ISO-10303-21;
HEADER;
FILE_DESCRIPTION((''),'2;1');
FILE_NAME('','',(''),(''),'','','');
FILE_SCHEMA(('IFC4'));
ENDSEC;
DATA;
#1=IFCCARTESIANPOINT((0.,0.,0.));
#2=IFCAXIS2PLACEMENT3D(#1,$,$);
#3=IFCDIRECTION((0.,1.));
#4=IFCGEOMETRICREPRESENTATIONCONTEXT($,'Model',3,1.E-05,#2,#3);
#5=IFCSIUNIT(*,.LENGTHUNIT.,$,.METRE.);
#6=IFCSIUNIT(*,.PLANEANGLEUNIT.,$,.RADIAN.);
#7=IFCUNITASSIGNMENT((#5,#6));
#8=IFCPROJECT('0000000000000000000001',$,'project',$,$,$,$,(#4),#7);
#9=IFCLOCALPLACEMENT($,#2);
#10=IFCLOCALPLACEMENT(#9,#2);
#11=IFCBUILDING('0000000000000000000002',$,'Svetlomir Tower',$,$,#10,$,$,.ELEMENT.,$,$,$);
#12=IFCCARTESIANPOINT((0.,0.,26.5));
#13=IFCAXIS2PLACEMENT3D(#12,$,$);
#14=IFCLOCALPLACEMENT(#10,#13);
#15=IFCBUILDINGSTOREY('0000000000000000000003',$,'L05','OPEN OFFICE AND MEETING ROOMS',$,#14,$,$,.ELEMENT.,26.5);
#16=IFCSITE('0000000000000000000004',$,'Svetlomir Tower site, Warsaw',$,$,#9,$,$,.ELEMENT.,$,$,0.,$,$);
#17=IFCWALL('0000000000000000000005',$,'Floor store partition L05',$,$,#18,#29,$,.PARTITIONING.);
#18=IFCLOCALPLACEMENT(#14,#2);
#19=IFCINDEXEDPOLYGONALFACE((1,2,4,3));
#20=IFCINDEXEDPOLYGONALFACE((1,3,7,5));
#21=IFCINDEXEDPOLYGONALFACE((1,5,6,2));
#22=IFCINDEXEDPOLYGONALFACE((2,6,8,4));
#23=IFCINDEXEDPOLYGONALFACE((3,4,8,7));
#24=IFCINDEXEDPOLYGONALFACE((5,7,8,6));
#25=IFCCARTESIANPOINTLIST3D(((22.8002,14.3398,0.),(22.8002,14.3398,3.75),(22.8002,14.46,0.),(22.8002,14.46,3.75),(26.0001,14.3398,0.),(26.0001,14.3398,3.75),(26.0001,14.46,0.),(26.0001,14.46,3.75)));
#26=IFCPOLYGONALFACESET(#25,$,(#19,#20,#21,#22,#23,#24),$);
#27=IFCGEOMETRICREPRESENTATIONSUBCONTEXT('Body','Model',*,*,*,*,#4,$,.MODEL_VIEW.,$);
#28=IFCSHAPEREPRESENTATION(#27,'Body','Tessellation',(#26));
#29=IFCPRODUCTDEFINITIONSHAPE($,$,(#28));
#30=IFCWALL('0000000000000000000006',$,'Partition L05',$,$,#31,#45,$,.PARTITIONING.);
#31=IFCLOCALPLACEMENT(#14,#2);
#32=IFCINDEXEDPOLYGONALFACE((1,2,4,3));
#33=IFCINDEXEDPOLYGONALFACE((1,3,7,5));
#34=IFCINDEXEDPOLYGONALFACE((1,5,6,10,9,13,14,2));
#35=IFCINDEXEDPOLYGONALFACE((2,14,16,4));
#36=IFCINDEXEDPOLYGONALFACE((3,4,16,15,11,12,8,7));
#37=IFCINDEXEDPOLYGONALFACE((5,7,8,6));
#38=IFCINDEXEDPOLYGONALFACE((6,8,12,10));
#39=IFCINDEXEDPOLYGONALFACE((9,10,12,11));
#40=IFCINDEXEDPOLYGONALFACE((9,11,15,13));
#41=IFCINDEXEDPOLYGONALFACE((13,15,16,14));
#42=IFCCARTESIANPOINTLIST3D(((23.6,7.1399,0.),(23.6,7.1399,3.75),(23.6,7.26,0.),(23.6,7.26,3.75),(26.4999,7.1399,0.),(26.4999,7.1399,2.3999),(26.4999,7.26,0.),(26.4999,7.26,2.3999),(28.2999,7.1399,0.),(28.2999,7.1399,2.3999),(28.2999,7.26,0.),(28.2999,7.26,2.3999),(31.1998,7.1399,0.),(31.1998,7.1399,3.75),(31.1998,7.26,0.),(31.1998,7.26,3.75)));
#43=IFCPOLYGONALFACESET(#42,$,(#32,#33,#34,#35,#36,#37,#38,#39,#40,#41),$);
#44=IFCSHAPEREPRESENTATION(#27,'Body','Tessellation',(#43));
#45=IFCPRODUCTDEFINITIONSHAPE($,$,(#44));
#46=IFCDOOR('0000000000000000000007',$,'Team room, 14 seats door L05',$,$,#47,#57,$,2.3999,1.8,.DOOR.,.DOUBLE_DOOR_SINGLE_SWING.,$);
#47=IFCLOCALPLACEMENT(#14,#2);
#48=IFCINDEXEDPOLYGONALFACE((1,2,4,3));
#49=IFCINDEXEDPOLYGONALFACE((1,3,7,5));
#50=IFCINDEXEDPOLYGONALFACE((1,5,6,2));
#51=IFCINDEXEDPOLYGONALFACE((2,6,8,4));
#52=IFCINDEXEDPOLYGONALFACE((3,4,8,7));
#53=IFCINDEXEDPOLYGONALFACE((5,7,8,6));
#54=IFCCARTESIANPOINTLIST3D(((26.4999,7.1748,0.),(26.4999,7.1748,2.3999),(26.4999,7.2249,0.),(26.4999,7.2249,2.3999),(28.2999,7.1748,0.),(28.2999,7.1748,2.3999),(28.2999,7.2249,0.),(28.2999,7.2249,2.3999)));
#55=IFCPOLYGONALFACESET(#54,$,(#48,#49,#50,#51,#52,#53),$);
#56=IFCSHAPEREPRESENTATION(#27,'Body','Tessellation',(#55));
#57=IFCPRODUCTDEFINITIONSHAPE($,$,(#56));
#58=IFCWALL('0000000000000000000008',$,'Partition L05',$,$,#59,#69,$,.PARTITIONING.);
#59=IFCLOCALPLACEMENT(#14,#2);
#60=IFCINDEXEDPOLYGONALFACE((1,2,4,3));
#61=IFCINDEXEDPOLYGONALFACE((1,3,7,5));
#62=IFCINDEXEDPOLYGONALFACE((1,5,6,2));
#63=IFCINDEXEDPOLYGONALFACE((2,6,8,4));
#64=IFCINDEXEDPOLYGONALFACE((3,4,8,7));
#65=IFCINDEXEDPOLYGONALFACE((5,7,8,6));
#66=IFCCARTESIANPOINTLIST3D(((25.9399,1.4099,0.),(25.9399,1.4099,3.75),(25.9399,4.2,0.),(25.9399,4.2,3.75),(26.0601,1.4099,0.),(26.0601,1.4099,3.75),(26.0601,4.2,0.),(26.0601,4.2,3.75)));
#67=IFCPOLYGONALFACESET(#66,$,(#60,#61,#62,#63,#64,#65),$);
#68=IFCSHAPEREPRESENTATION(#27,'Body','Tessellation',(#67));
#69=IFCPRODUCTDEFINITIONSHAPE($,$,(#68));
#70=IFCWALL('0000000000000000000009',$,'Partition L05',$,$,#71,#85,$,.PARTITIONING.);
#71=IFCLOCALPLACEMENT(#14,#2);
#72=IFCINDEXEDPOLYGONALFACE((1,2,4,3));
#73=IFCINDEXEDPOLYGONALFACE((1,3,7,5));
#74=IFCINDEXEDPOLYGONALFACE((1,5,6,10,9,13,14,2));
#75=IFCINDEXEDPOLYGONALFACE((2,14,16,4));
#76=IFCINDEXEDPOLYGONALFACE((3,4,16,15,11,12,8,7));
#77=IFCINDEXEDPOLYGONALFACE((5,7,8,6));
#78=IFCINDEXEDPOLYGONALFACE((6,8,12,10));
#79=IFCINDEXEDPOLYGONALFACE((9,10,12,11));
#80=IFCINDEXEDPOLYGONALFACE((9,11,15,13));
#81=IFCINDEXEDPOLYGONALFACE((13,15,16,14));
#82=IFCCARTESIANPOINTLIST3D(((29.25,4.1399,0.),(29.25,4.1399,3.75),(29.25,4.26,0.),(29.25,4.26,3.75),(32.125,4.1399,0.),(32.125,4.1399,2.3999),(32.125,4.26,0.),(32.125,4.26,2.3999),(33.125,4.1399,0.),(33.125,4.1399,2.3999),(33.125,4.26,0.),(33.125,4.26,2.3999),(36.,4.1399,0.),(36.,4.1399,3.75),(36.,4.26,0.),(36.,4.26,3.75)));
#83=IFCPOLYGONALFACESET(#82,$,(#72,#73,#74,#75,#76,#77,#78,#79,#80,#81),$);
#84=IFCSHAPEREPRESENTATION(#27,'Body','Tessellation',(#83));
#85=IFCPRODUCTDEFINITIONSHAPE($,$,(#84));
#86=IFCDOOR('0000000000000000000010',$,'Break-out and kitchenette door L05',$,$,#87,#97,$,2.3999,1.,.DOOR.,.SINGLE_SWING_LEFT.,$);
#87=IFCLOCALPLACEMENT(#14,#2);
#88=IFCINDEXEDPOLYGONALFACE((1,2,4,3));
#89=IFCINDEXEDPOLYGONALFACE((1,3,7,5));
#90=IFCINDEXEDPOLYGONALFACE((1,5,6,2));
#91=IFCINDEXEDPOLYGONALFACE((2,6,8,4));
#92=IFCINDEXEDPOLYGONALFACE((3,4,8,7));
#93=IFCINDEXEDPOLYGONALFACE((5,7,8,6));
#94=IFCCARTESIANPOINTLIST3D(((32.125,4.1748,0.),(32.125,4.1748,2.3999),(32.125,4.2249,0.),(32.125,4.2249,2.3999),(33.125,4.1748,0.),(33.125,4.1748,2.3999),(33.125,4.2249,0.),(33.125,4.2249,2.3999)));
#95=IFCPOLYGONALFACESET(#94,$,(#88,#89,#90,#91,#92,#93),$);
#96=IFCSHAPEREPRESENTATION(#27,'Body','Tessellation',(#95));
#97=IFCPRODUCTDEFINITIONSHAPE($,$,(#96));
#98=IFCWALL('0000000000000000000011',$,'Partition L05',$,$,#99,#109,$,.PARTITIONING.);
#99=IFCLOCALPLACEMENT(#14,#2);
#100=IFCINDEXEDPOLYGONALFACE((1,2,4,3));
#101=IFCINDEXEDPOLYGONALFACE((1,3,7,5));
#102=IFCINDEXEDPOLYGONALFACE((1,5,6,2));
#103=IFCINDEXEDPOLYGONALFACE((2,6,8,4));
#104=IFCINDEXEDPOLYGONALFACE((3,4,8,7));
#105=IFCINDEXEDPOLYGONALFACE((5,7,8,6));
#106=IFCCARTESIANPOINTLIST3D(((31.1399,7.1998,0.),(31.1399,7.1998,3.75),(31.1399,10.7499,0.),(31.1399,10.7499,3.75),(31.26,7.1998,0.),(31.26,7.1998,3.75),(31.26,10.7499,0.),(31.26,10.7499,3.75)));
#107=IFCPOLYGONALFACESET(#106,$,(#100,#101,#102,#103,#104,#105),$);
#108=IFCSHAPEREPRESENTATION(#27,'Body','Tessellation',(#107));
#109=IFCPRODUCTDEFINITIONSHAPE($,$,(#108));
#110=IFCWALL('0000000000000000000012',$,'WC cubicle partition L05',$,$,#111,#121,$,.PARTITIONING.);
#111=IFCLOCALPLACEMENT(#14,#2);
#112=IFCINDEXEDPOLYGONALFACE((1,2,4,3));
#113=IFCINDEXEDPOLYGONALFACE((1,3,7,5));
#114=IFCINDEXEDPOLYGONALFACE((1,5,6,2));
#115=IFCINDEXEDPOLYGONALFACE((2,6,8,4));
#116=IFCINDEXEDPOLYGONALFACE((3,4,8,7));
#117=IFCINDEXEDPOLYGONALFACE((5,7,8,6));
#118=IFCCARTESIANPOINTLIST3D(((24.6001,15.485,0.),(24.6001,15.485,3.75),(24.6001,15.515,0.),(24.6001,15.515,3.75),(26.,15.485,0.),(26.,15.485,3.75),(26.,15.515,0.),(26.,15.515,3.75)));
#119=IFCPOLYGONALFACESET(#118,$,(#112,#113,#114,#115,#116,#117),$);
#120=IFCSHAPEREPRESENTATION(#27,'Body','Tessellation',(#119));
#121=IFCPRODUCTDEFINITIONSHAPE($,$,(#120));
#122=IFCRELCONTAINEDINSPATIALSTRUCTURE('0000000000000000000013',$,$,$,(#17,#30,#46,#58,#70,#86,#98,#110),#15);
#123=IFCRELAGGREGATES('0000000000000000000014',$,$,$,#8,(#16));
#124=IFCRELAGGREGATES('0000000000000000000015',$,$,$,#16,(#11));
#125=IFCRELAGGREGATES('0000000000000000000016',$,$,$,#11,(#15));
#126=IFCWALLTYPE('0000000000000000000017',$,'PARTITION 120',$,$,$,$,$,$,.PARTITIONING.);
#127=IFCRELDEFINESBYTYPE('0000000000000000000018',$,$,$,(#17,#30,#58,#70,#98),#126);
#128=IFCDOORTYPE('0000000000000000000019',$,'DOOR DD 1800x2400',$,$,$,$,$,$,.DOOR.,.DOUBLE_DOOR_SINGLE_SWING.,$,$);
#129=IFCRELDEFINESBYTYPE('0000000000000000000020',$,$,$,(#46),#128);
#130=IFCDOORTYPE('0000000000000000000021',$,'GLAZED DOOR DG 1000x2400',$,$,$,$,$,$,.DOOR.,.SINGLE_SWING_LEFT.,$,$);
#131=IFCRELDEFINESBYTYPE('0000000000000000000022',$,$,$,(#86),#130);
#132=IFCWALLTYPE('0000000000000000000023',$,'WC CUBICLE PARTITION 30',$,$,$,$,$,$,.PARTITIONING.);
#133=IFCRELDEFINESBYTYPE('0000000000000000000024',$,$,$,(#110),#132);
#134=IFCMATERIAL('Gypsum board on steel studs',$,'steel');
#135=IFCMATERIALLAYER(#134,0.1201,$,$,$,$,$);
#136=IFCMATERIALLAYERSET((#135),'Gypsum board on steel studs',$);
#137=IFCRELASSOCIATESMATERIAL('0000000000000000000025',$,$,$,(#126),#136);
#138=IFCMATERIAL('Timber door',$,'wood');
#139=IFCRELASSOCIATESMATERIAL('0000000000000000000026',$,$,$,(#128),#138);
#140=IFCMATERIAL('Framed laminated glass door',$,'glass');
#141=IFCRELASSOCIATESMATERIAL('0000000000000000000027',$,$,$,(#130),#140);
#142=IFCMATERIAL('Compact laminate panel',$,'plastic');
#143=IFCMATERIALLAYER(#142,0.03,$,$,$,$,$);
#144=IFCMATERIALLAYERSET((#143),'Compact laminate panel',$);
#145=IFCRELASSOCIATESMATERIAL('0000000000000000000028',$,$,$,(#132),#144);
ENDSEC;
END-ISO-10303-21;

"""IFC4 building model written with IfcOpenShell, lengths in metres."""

from ifc_helpers import new_model, si_unit, direction, frame, frame_2d, origin, place, context, subcontext, project, spatial, rectangle, extrude, material, layer, layer_set, type_object, element, fill, save


model = new_model("IFC4")

# Units and contexts
model_context = context("Model", 3, precision=1e-05, world=origin(), true_north=direction((0.0, 1.0)))
body_context = subcontext(model_context, "Body", "Model", "MODEL_VIEW")
ifc_project = project(units=[si_unit("LENGTHUNIT", "METRE"), si_unit("PLANEANGLEUNIT", "RADIAN")], contexts=[model_context])

# Site, building, storey
site_placement = place(None, origin())
site = spatial("IfcSite", under=ifc_project, at=site_placement, Name="Svetlomir Tower site, Warsaw", CompositionType="ELEMENT", RefElevation=0.0)
building_placement = place(site_placement, origin())
building = spatial("IfcBuilding", under=site, at=building_placement, Name="Svetlomir Tower", CompositionType="ELEMENT")
storey_placement = place(building_placement, frame((0.0, 0.0, 26.5)))
storey = spatial("IfcBuildingStorey", under=building, at=storey_placement, Name="L05", Description="OPEN OFFICE AND MEETING ROOMS", CompositionType="ELEMENT", Elevation=26.5)

# Wall
ifc_material_1 = material(Name="Gypsum board on steel studs", Category="steel")
ifc_layer_1 = layer(ifc_material_1, 0.1201)
ifc_layer_set_1 = layer_set([ifc_layer_1], Name="Gypsum board on steel studs")
wall_type_1 = type_object("IfcWallType", Name="PARTITION 120", PredefinedType="PARTITIONING", material=ifc_layer_set_1)
wall_1_placement = place(storey_placement, frame((22.8, 14.3999, 0.0), z_axis=(0.0, 0.0, 1.0), x_axis=(1.0, 0.0, 0.0)))
element("IfcWall", 1, at=wall_1_placement, inside=storey, type_object=wall_type_1, Name="Floor store partition L05", PredefinedType="PARTITIONING", context=body_context, shape_type="SweptSolid", body=[
    extrude(rectangle(XDim=3.2, YDim=0.1201, at=frame_2d((1.6001, 0.0))), origin(), (0.0, 0.0, 1.0), 3.75),
])

# Wall, opening, door
wall_2_placement = place(storey_placement, frame((23.6001, 7.2, 0.0), z_axis=(0.0, 0.0, 1.0), x_axis=(1.0, 0.0, 0.0)))
wall_2 = element("IfcWall", 2, at=wall_2_placement, inside=storey, type_object=wall_type_1, Name="Partition L05", PredefinedType="PARTITIONING", context=body_context, shape_type="SweptSolid", body=[
    extrude(rectangle(XDim=7.5999, YDim=0.1201, at=frame_2d((3.7998, 0.0))), origin(), (0.0, 0.0, 1.0), 3.75),
])
opening_1_placement = place(wall_2_placement, frame((2.8999, 0.0, 0.0)))
opening_1 = element("IfcOpeningElement", 3, at=opening_1_placement, cuts=wall_2, PredefinedType="OPENING", context=body_context, shape_type="SweptSolid", body=[
    extrude(rectangle(XDim=1.8, YDim=2.3999, at=frame_2d((0.8999, 1.2))), frame((0.0, 0.0701, 0.0), z_axis=(0.0, -1.0, 0.0), x_axis=(1.0, 0.0, 0.0)), (0.0, 0.0, 1.0), 0.1401),
])
ifc_material_2 = material(Name="Timber door", Category="wood")
door_type_1 = type_object("IfcDoorType", Name="DOOR DD 1800x2400", OperationType="DOUBLE_DOOR_SINGLE_SWING", PredefinedType="DOOR", material=ifc_material_2)
door_1_placement = place(opening_1_placement, origin())
door_1 = element("IfcDoor", 4, at=door_1_placement, inside=storey, type_object=door_type_1, Name="Team room, 14 seats door L05", OperationType="DOUBLE_DOOR_SINGLE_SWING", OverallHeight=2.3999, OverallWidth=1.8, PredefinedType="DOOR", context=body_context, shape_type="SweptSolid", body=[
    extrude(rectangle(XDim=1.8, YDim=2.3999, at=frame_2d((0.8999, 1.2))), frame((0.0, 0.0249, 0.0), z_axis=(0.0, -1.0, 0.0), x_axis=(1.0, 0.0, 0.0)), (0.0, 0.0, 1.0), 0.05),
])
fill(opening_1, door_1)

# Wall
wall_3_placement = place(storey_placement, frame((26.0, 1.4099, 0.0), z_axis=(0.0, 0.0, 1.0), x_axis=(0.0, 1.0, 0.0)))
element("IfcWall", 5, at=wall_3_placement, inside=storey, type_object=wall_type_1, Name="Partition L05", PredefinedType="PARTITIONING", context=body_context, shape_type="SweptSolid", body=[
    extrude(rectangle(XDim=2.79, YDim=0.1201, at=frame_2d((1.395, 0.0))), origin(), (0.0, 0.0, 1.0), 3.75),
])

# Wall, opening, door
wall_4_placement = place(storey_placement, frame((29.25, 4.2, 0.0), z_axis=(0.0, 0.0, 1.0), x_axis=(1.0, 0.0, 0.0)))
wall_4 = element("IfcWall", 6, at=wall_4_placement, inside=storey, type_object=wall_type_1, Name="Partition L05", PredefinedType="PARTITIONING", context=body_context, shape_type="SweptSolid", body=[
    extrude(rectangle(XDim=6.75, YDim=0.1201, at=frame_2d((3.375, 0.0))), origin(), (0.0, 0.0, 1.0), 3.75),
])
opening_2_placement = place(wall_4_placement, frame((2.875, 0.0, 0.0)))
opening_2 = element("IfcOpeningElement", 7, at=opening_2_placement, cuts=wall_4, PredefinedType="OPENING", context=body_context, shape_type="SweptSolid", body=[
    extrude(rectangle(XDim=1.0, YDim=2.3999, at=frame_2d((0.5, 1.2))), frame((0.0, 0.0701, 0.0), z_axis=(0.0, -1.0, 0.0), x_axis=(1.0, 0.0, 0.0)), (0.0, 0.0, 1.0), 0.1401),
])
ifc_material_3 = material(Name="Framed laminated glass door", Category="glass")
door_type_2 = type_object("IfcDoorType", Name="GLAZED DOOR DG 1000x2400", OperationType="SINGLE_SWING_LEFT", PredefinedType="DOOR", material=ifc_material_3)
door_2_placement = place(opening_2_placement, origin())
door_2 = element("IfcDoor", 8, at=door_2_placement, inside=storey, type_object=door_type_2, Name="Break-out and kitchenette door L05", OperationType="SINGLE_SWING_LEFT", OverallHeight=2.3999, OverallWidth=1.0, PredefinedType="DOOR", context=body_context, shape_type="SweptSolid", body=[
    extrude(rectangle(XDim=1.0, YDim=2.3999, at=frame_2d((0.5, 1.2))), frame((0.0, 0.0249, 0.0), z_axis=(0.0, -1.0, 0.0), x_axis=(1.0, 0.0, 0.0)), (0.0, 0.0, 1.0), 0.05),
])
fill(opening_2, door_2)

# Walls
wall_5_placement = place(storey_placement, frame((31.2, 7.2, 0.0), z_axis=(0.0, 0.0, 1.0), x_axis=(0.0, 1.0, 0.0)))
element("IfcWall", 9, at=wall_5_placement, inside=storey, type_object=wall_type_1, Name="Partition L05", PredefinedType="PARTITIONING", context=body_context, shape_type="SweptSolid", body=[
    extrude(rectangle(XDim=3.55, YDim=0.1201, at=frame_2d((1.7749, 0.0))), origin(), (0.0, 0.0, 1.0), 3.75),
])
ifc_material_4 = material(Name="Compact laminate panel", Category="plastic")
ifc_layer_2 = layer(ifc_material_4, 0.03)
ifc_layer_set_2 = layer_set([ifc_layer_2], Name="Compact laminate panel")
wall_type_2 = type_object("IfcWallType", Name="WC CUBICLE PARTITION 30", PredefinedType="PARTITIONING", material=ifc_layer_set_2)
wall_6_placement = place(storey_placement, frame((24.6001, 15.5, 0.0), z_axis=(0.0, 0.0, 1.0), x_axis=(1.0, 0.0, 0.0)))
element("IfcWall", 10, at=wall_6_placement, inside=storey, type_object=wall_type_2, Name="WC cubicle partition L05", PredefinedType="PARTITIONING", context=body_context, shape_type="SweptSolid", body=[
    extrude(rectangle(XDim=1.3999, YDim=0.03, at=frame_2d((0.7, 0.0))), origin(), (0.0, 0.0, 1.0), 3.75),
])

save(model, "model.ifc")
